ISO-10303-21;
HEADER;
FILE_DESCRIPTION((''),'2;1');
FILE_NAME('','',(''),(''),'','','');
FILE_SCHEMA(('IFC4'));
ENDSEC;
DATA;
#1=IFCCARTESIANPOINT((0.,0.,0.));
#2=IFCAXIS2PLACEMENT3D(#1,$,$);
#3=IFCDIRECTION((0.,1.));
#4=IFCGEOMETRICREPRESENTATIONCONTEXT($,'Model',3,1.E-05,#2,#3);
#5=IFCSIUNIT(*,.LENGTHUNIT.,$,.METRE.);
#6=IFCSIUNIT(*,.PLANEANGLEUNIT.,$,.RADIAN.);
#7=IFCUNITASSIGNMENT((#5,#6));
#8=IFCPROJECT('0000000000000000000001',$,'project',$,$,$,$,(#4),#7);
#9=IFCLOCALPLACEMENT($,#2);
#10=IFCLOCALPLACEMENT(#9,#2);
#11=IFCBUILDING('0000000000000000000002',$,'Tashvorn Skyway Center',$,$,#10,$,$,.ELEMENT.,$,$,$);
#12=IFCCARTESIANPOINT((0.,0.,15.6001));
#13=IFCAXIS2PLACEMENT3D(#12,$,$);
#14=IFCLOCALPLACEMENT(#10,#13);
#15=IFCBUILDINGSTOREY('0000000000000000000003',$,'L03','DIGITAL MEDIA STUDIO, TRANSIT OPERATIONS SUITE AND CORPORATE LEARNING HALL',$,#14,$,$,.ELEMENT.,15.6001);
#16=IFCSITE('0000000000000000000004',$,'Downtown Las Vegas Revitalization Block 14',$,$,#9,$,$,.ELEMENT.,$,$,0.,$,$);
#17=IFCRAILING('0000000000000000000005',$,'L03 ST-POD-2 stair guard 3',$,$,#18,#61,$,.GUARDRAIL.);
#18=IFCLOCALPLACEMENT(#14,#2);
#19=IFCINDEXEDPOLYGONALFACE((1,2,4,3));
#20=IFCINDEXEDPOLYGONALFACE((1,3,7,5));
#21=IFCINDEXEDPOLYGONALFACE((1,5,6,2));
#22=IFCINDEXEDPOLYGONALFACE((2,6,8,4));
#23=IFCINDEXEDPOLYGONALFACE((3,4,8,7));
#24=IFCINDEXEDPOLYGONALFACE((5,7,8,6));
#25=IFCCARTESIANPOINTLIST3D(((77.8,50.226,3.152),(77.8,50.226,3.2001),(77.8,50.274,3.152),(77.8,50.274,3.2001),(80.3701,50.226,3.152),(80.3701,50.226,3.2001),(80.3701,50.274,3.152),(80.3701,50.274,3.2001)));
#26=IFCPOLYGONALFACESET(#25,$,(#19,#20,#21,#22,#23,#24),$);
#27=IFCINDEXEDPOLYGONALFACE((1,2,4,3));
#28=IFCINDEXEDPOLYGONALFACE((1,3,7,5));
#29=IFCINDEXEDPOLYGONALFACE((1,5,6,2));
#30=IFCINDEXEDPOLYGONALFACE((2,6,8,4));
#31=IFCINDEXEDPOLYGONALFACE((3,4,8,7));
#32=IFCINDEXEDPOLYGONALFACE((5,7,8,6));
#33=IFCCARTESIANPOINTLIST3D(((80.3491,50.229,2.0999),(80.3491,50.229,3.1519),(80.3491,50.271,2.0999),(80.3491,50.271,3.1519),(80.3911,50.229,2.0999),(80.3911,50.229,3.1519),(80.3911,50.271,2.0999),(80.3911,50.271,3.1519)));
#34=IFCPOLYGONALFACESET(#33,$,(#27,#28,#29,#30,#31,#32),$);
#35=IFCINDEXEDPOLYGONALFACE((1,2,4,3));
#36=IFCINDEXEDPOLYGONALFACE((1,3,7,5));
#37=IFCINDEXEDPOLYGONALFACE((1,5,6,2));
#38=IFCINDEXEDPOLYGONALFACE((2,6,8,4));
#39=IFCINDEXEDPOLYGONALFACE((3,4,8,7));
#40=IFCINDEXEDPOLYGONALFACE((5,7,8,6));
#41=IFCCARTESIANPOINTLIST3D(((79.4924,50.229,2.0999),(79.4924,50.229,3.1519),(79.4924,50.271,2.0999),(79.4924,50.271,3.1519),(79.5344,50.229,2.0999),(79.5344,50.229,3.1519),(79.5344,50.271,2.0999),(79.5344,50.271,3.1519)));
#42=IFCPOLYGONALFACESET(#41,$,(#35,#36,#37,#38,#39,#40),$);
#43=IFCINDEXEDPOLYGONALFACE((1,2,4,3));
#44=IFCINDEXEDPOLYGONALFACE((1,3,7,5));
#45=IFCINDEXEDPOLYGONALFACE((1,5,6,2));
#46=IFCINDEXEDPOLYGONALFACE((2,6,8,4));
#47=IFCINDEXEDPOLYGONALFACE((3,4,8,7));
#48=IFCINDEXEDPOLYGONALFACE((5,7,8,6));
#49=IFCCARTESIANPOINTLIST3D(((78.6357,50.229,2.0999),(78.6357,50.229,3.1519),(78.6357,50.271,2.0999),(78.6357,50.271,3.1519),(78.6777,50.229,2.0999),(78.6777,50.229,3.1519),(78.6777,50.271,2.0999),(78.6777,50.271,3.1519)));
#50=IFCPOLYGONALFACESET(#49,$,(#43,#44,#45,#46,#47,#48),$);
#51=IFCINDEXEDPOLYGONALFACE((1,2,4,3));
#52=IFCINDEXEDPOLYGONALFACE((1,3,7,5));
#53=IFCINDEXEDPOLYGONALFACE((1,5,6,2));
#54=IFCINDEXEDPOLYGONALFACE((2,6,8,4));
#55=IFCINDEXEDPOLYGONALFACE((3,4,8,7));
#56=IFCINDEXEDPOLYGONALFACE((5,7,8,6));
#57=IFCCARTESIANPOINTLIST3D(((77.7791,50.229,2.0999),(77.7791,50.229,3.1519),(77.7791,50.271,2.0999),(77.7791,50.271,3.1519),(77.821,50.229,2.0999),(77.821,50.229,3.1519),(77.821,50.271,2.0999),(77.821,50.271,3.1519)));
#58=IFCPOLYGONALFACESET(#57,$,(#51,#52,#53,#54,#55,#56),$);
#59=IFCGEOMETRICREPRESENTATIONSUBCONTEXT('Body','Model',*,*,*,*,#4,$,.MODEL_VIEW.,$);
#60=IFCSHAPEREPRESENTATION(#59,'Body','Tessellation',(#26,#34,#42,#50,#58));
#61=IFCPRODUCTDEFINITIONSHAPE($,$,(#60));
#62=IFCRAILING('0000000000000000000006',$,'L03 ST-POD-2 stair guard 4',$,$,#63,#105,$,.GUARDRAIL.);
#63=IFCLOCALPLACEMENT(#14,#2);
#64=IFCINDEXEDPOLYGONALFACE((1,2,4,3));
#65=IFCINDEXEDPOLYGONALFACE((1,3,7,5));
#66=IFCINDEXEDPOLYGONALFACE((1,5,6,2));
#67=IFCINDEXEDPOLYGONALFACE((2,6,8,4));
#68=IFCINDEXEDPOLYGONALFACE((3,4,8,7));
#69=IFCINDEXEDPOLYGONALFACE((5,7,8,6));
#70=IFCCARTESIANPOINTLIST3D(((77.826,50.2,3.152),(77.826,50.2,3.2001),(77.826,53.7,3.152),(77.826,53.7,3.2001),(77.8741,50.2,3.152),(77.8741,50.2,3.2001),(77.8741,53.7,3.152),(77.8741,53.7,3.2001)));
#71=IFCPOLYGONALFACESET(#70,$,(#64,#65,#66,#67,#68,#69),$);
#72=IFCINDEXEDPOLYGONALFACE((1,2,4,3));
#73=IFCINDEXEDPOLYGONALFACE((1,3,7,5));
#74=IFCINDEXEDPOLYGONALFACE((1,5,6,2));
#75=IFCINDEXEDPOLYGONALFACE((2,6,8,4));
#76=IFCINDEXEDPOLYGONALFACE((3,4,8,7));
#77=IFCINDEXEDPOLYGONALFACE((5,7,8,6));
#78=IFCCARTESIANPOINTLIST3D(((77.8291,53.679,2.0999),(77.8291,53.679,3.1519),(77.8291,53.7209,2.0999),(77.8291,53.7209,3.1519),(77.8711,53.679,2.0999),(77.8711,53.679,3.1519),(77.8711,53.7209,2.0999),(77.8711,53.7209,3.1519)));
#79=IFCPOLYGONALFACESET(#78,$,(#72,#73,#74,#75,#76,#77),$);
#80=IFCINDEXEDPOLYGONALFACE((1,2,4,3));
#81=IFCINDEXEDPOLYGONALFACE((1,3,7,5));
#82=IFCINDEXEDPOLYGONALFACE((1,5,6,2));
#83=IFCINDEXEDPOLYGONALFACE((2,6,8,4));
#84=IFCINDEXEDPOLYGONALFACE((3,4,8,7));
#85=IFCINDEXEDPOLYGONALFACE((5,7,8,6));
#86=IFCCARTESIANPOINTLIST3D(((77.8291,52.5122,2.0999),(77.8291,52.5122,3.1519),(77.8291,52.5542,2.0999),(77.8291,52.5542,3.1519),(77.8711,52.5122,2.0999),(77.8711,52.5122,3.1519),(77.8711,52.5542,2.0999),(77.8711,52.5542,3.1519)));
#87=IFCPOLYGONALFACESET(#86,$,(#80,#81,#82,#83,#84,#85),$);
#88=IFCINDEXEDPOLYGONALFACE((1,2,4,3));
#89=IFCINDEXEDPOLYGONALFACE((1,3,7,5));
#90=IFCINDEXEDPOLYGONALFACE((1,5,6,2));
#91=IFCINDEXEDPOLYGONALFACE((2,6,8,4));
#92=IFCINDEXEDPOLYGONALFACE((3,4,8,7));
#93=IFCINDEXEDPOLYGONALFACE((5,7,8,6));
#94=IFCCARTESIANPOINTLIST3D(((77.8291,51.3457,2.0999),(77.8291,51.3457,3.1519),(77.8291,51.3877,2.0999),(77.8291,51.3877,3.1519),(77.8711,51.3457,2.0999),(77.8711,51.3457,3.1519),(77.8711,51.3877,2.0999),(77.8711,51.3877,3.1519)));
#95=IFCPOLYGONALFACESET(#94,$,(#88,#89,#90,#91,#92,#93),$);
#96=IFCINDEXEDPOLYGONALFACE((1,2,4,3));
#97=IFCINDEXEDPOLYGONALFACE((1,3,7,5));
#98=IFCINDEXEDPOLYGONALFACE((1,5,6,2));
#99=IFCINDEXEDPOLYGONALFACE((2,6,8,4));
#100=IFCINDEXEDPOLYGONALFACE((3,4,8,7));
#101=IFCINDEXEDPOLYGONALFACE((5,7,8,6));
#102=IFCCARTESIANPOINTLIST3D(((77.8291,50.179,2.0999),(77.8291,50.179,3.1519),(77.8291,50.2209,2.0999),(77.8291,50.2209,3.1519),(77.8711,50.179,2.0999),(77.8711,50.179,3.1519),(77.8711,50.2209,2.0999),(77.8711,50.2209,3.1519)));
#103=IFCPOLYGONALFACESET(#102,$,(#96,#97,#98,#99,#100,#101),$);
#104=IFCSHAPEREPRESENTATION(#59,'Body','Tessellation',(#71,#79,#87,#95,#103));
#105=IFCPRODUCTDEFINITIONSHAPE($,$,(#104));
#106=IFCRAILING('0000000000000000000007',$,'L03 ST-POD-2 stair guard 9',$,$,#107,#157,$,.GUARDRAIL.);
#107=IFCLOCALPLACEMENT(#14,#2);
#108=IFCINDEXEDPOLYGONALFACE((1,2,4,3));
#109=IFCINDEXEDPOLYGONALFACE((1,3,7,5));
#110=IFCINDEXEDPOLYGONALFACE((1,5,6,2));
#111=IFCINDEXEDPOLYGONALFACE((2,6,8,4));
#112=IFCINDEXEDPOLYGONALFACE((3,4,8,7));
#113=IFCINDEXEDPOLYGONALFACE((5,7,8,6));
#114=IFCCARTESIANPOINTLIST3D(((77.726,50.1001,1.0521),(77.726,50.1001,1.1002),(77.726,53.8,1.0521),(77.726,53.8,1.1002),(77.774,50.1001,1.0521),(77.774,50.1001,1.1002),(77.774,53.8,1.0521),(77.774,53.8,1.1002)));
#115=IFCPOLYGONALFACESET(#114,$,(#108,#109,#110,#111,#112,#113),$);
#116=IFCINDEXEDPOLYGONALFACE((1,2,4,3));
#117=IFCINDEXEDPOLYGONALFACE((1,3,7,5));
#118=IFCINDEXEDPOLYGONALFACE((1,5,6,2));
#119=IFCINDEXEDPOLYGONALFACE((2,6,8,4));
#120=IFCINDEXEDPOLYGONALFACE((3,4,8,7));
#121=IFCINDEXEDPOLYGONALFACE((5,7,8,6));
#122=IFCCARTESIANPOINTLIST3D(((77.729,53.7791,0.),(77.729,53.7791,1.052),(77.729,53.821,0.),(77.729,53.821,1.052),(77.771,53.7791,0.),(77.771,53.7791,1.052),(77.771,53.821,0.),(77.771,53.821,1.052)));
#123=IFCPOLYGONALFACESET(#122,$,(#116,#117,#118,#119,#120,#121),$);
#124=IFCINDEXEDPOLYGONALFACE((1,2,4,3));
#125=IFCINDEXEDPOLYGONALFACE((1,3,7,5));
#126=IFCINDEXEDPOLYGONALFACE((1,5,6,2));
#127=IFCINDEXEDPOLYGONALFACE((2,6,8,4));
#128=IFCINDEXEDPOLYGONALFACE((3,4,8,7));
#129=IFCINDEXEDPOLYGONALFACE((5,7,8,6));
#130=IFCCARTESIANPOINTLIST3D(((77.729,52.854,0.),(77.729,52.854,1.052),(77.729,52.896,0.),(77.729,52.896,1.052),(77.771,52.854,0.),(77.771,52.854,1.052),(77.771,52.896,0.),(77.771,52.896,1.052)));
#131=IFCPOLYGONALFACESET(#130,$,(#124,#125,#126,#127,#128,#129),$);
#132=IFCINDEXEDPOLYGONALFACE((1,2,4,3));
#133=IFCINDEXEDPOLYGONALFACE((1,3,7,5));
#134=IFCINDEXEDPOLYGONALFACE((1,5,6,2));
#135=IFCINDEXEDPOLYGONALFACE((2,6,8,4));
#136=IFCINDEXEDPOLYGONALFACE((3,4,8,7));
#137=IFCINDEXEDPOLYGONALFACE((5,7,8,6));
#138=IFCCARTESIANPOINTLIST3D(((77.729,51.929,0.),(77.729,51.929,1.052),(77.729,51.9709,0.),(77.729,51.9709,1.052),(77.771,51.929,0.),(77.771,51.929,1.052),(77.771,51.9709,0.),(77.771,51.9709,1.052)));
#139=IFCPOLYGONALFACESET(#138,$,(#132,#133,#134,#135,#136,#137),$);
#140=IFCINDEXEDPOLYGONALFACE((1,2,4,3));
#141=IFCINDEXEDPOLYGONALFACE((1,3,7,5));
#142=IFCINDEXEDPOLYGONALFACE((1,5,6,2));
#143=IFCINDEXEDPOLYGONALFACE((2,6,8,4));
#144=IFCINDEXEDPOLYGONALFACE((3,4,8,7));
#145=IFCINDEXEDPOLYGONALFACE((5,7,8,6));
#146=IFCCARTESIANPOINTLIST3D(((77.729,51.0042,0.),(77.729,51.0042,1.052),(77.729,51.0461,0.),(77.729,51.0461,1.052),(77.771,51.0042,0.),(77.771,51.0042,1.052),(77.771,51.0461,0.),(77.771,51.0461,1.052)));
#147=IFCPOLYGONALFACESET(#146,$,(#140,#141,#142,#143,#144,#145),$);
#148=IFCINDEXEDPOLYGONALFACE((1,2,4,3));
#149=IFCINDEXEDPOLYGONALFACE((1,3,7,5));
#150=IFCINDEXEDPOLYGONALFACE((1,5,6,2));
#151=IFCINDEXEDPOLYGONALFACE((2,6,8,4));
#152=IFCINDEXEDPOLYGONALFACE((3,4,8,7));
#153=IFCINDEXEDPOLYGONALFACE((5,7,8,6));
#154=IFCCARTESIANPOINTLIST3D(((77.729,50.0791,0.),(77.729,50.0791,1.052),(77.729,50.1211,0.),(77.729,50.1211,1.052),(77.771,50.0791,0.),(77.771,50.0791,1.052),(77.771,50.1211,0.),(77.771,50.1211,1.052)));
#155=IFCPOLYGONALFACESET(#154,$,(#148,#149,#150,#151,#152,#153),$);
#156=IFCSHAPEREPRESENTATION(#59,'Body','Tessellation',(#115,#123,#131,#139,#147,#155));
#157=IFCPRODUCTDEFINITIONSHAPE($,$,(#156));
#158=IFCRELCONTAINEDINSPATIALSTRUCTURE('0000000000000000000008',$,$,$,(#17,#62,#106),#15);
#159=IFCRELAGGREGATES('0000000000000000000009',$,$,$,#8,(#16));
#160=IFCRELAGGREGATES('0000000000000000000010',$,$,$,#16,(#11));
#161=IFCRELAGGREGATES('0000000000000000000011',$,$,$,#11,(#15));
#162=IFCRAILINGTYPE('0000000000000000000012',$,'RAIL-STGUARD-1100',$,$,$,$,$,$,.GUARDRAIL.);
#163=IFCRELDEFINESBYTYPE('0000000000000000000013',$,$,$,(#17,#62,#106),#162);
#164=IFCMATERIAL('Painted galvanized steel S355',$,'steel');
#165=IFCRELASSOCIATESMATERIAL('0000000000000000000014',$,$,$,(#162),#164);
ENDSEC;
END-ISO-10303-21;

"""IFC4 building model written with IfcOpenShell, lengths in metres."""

from ifc_helpers import new_model, si_unit, direction, frame, origin, origin_2d, place, context, subcontext, project, spatial, rectangle, extrude, material, type_object, element, save


model = new_model("IFC4")

# Units and contexts
model_context = context("Model", 3, precision=1e-05, world=origin(), true_north=direction((0.0, 1.0)))
body_context = subcontext(model_context, "Body", "Model", "MODEL_VIEW")
ifc_project = project(units=[si_unit("LENGTHUNIT", "METRE"), si_unit("PLANEANGLEUNIT", "RADIAN")], contexts=[model_context])

# Site, building, storey
site_placement = place(None, origin())
site = spatial("IfcSite", under=ifc_project, at=site_placement, Name="Downtown Las Vegas Revitalization Block 14", CompositionType="ELEMENT", RefElevation=0.0)
building_placement = place(site_placement, origin())
building = spatial("IfcBuilding", under=site, at=building_placement, Name="Tashvorn Skyway Center", CompositionType="ELEMENT")
storey_placement = place(building_placement, frame((0.0, 0.0, 15.6001)))
storey = spatial("IfcBuildingStorey", under=building, at=storey_placement, Name="L03", Description="DIGITAL MEDIA STUDIO, TRANSIT OPERATIONS SUITE AND CORPORATE LEARNING HALL", CompositionType="ELEMENT", Elevation=15.6001)

# Railings
ifc_material_1 = material(Name="Painted galvanized steel S355", Category="steel")
railing_type = type_object("IfcRailingType", Name="RAIL-STGUARD-1100", PredefinedType="GUARDRAIL", material=ifc_material_1)
railing_1_placement = place(storey_placement, frame((80.3701, 50.25, 2.0999)))
element("IfcRailing", 1, at=railing_1_placement, inside=storey, type_object=railing_type, Name="L03 ST-POD-2 stair guard 3", PredefinedType="GUARDRAIL", context=body_context, shape_type="SweptSolid", body=[
    extrude(rectangle(XDim=0.0481, YDim=0.0481, at=origin_2d()), frame((0.0, 0.0, 1.0762), z_axis=(-1.0, 0.0, 0.0), x_axis=(0.0, -1.0, 0.0)), (0.0, 0.0, 1.0), 2.5701),
    extrude(rectangle(XDim=0.042, YDim=0.042, at=origin_2d()), origin(), (0.0, 0.0, 1.0), 1.052),
    extrude(rectangle(XDim=0.042, YDim=0.042, at=origin_2d()), frame((-0.8567, 0.0, 0.0)), (0.0, 0.0, 1.0), 1.052),
    extrude(rectangle(XDim=0.042, YDim=0.042, at=origin_2d()), frame((-1.7134, 0.0, 0.0)), (0.0, 0.0, 1.0), 1.052),
    extrude(rectangle(XDim=0.042, YDim=0.042, at=origin_2d()), frame((-2.5701, 0.0, 0.0)), (0.0, 0.0, 1.0), 1.052),
])
railing_2_placement = place(storey_placement, frame((77.8501, 53.7, 2.0999)))
element("IfcRailing", 2, at=railing_2_placement, inside=storey, type_object=railing_type, Name="L03 ST-POD-2 stair guard 4", PredefinedType="GUARDRAIL", context=body_context, shape_type="SweptSolid", body=[
    extrude(rectangle(XDim=0.0481, YDim=0.0481, at=origin_2d()), frame((0.0, 0.0, 1.0762), z_axis=(0.0, -1.0, 0.0), x_axis=(1.0, 0.0, 0.0)), (0.0, 0.0, 1.0), 3.5),
    extrude(rectangle(XDim=0.042, YDim=0.042, at=origin_2d()), origin(), (0.0, 0.0, 1.0), 1.052),
    extrude(rectangle(XDim=0.042, YDim=0.042, at=origin_2d()), frame((0.0, -1.1667, 0.0)), (0.0, 0.0, 1.0), 1.052),
    extrude(rectangle(XDim=0.042, YDim=0.042, at=origin_2d()), frame((0.0, -2.3333, 0.0)), (0.0, 0.0, 1.0), 1.052),
    extrude(rectangle(XDim=0.042, YDim=0.042, at=origin_2d()), frame((0.0, -3.5, 0.0)), (0.0, 0.0, 1.0), 1.052),
])
railing_3_placement = place(storey_placement, frame((77.75, 53.8, 0.0)))
element("IfcRailing", 3, at=railing_3_placement, inside=storey, type_object=railing_type, Name="L03 ST-POD-2 stair guard 9", PredefinedType="GUARDRAIL", context=body_context, shape_type="SweptSolid", body=[
    extrude(rectangle(XDim=0.0481, YDim=0.0481, at=origin_2d()), frame((0.0, 0.0, 1.0762), z_axis=(0.0, -1.0, 0.0), x_axis=(1.0, 0.0, 0.0)), (0.0, 0.0, 1.0), 3.7),
    extrude(rectangle(XDim=0.042, YDim=0.042, at=origin_2d()), origin(), (0.0, 0.0, 1.0), 1.052),
    extrude(rectangle(XDim=0.042, YDim=0.042, at=origin_2d()), frame((0.0, -0.925, 0.0)), (0.0, 0.0, 1.0), 1.052),
    extrude(rectangle(XDim=0.042, YDim=0.042, at=origin_2d()), frame((0.0, -1.8501, 0.0)), (0.0, 0.0, 1.0), 1.052),
    extrude(rectangle(XDim=0.042, YDim=0.042, at=origin_2d()), frame((0.0, -2.7749, 0.0)), (0.0, 0.0, 1.0), 1.052),
    extrude(rectangle(XDim=0.042, YDim=0.042, at=origin_2d()), frame((0.0, -3.7, 0.0)), (0.0, 0.0, 1.0), 1.052),
])

save(model, "model.ifc")
